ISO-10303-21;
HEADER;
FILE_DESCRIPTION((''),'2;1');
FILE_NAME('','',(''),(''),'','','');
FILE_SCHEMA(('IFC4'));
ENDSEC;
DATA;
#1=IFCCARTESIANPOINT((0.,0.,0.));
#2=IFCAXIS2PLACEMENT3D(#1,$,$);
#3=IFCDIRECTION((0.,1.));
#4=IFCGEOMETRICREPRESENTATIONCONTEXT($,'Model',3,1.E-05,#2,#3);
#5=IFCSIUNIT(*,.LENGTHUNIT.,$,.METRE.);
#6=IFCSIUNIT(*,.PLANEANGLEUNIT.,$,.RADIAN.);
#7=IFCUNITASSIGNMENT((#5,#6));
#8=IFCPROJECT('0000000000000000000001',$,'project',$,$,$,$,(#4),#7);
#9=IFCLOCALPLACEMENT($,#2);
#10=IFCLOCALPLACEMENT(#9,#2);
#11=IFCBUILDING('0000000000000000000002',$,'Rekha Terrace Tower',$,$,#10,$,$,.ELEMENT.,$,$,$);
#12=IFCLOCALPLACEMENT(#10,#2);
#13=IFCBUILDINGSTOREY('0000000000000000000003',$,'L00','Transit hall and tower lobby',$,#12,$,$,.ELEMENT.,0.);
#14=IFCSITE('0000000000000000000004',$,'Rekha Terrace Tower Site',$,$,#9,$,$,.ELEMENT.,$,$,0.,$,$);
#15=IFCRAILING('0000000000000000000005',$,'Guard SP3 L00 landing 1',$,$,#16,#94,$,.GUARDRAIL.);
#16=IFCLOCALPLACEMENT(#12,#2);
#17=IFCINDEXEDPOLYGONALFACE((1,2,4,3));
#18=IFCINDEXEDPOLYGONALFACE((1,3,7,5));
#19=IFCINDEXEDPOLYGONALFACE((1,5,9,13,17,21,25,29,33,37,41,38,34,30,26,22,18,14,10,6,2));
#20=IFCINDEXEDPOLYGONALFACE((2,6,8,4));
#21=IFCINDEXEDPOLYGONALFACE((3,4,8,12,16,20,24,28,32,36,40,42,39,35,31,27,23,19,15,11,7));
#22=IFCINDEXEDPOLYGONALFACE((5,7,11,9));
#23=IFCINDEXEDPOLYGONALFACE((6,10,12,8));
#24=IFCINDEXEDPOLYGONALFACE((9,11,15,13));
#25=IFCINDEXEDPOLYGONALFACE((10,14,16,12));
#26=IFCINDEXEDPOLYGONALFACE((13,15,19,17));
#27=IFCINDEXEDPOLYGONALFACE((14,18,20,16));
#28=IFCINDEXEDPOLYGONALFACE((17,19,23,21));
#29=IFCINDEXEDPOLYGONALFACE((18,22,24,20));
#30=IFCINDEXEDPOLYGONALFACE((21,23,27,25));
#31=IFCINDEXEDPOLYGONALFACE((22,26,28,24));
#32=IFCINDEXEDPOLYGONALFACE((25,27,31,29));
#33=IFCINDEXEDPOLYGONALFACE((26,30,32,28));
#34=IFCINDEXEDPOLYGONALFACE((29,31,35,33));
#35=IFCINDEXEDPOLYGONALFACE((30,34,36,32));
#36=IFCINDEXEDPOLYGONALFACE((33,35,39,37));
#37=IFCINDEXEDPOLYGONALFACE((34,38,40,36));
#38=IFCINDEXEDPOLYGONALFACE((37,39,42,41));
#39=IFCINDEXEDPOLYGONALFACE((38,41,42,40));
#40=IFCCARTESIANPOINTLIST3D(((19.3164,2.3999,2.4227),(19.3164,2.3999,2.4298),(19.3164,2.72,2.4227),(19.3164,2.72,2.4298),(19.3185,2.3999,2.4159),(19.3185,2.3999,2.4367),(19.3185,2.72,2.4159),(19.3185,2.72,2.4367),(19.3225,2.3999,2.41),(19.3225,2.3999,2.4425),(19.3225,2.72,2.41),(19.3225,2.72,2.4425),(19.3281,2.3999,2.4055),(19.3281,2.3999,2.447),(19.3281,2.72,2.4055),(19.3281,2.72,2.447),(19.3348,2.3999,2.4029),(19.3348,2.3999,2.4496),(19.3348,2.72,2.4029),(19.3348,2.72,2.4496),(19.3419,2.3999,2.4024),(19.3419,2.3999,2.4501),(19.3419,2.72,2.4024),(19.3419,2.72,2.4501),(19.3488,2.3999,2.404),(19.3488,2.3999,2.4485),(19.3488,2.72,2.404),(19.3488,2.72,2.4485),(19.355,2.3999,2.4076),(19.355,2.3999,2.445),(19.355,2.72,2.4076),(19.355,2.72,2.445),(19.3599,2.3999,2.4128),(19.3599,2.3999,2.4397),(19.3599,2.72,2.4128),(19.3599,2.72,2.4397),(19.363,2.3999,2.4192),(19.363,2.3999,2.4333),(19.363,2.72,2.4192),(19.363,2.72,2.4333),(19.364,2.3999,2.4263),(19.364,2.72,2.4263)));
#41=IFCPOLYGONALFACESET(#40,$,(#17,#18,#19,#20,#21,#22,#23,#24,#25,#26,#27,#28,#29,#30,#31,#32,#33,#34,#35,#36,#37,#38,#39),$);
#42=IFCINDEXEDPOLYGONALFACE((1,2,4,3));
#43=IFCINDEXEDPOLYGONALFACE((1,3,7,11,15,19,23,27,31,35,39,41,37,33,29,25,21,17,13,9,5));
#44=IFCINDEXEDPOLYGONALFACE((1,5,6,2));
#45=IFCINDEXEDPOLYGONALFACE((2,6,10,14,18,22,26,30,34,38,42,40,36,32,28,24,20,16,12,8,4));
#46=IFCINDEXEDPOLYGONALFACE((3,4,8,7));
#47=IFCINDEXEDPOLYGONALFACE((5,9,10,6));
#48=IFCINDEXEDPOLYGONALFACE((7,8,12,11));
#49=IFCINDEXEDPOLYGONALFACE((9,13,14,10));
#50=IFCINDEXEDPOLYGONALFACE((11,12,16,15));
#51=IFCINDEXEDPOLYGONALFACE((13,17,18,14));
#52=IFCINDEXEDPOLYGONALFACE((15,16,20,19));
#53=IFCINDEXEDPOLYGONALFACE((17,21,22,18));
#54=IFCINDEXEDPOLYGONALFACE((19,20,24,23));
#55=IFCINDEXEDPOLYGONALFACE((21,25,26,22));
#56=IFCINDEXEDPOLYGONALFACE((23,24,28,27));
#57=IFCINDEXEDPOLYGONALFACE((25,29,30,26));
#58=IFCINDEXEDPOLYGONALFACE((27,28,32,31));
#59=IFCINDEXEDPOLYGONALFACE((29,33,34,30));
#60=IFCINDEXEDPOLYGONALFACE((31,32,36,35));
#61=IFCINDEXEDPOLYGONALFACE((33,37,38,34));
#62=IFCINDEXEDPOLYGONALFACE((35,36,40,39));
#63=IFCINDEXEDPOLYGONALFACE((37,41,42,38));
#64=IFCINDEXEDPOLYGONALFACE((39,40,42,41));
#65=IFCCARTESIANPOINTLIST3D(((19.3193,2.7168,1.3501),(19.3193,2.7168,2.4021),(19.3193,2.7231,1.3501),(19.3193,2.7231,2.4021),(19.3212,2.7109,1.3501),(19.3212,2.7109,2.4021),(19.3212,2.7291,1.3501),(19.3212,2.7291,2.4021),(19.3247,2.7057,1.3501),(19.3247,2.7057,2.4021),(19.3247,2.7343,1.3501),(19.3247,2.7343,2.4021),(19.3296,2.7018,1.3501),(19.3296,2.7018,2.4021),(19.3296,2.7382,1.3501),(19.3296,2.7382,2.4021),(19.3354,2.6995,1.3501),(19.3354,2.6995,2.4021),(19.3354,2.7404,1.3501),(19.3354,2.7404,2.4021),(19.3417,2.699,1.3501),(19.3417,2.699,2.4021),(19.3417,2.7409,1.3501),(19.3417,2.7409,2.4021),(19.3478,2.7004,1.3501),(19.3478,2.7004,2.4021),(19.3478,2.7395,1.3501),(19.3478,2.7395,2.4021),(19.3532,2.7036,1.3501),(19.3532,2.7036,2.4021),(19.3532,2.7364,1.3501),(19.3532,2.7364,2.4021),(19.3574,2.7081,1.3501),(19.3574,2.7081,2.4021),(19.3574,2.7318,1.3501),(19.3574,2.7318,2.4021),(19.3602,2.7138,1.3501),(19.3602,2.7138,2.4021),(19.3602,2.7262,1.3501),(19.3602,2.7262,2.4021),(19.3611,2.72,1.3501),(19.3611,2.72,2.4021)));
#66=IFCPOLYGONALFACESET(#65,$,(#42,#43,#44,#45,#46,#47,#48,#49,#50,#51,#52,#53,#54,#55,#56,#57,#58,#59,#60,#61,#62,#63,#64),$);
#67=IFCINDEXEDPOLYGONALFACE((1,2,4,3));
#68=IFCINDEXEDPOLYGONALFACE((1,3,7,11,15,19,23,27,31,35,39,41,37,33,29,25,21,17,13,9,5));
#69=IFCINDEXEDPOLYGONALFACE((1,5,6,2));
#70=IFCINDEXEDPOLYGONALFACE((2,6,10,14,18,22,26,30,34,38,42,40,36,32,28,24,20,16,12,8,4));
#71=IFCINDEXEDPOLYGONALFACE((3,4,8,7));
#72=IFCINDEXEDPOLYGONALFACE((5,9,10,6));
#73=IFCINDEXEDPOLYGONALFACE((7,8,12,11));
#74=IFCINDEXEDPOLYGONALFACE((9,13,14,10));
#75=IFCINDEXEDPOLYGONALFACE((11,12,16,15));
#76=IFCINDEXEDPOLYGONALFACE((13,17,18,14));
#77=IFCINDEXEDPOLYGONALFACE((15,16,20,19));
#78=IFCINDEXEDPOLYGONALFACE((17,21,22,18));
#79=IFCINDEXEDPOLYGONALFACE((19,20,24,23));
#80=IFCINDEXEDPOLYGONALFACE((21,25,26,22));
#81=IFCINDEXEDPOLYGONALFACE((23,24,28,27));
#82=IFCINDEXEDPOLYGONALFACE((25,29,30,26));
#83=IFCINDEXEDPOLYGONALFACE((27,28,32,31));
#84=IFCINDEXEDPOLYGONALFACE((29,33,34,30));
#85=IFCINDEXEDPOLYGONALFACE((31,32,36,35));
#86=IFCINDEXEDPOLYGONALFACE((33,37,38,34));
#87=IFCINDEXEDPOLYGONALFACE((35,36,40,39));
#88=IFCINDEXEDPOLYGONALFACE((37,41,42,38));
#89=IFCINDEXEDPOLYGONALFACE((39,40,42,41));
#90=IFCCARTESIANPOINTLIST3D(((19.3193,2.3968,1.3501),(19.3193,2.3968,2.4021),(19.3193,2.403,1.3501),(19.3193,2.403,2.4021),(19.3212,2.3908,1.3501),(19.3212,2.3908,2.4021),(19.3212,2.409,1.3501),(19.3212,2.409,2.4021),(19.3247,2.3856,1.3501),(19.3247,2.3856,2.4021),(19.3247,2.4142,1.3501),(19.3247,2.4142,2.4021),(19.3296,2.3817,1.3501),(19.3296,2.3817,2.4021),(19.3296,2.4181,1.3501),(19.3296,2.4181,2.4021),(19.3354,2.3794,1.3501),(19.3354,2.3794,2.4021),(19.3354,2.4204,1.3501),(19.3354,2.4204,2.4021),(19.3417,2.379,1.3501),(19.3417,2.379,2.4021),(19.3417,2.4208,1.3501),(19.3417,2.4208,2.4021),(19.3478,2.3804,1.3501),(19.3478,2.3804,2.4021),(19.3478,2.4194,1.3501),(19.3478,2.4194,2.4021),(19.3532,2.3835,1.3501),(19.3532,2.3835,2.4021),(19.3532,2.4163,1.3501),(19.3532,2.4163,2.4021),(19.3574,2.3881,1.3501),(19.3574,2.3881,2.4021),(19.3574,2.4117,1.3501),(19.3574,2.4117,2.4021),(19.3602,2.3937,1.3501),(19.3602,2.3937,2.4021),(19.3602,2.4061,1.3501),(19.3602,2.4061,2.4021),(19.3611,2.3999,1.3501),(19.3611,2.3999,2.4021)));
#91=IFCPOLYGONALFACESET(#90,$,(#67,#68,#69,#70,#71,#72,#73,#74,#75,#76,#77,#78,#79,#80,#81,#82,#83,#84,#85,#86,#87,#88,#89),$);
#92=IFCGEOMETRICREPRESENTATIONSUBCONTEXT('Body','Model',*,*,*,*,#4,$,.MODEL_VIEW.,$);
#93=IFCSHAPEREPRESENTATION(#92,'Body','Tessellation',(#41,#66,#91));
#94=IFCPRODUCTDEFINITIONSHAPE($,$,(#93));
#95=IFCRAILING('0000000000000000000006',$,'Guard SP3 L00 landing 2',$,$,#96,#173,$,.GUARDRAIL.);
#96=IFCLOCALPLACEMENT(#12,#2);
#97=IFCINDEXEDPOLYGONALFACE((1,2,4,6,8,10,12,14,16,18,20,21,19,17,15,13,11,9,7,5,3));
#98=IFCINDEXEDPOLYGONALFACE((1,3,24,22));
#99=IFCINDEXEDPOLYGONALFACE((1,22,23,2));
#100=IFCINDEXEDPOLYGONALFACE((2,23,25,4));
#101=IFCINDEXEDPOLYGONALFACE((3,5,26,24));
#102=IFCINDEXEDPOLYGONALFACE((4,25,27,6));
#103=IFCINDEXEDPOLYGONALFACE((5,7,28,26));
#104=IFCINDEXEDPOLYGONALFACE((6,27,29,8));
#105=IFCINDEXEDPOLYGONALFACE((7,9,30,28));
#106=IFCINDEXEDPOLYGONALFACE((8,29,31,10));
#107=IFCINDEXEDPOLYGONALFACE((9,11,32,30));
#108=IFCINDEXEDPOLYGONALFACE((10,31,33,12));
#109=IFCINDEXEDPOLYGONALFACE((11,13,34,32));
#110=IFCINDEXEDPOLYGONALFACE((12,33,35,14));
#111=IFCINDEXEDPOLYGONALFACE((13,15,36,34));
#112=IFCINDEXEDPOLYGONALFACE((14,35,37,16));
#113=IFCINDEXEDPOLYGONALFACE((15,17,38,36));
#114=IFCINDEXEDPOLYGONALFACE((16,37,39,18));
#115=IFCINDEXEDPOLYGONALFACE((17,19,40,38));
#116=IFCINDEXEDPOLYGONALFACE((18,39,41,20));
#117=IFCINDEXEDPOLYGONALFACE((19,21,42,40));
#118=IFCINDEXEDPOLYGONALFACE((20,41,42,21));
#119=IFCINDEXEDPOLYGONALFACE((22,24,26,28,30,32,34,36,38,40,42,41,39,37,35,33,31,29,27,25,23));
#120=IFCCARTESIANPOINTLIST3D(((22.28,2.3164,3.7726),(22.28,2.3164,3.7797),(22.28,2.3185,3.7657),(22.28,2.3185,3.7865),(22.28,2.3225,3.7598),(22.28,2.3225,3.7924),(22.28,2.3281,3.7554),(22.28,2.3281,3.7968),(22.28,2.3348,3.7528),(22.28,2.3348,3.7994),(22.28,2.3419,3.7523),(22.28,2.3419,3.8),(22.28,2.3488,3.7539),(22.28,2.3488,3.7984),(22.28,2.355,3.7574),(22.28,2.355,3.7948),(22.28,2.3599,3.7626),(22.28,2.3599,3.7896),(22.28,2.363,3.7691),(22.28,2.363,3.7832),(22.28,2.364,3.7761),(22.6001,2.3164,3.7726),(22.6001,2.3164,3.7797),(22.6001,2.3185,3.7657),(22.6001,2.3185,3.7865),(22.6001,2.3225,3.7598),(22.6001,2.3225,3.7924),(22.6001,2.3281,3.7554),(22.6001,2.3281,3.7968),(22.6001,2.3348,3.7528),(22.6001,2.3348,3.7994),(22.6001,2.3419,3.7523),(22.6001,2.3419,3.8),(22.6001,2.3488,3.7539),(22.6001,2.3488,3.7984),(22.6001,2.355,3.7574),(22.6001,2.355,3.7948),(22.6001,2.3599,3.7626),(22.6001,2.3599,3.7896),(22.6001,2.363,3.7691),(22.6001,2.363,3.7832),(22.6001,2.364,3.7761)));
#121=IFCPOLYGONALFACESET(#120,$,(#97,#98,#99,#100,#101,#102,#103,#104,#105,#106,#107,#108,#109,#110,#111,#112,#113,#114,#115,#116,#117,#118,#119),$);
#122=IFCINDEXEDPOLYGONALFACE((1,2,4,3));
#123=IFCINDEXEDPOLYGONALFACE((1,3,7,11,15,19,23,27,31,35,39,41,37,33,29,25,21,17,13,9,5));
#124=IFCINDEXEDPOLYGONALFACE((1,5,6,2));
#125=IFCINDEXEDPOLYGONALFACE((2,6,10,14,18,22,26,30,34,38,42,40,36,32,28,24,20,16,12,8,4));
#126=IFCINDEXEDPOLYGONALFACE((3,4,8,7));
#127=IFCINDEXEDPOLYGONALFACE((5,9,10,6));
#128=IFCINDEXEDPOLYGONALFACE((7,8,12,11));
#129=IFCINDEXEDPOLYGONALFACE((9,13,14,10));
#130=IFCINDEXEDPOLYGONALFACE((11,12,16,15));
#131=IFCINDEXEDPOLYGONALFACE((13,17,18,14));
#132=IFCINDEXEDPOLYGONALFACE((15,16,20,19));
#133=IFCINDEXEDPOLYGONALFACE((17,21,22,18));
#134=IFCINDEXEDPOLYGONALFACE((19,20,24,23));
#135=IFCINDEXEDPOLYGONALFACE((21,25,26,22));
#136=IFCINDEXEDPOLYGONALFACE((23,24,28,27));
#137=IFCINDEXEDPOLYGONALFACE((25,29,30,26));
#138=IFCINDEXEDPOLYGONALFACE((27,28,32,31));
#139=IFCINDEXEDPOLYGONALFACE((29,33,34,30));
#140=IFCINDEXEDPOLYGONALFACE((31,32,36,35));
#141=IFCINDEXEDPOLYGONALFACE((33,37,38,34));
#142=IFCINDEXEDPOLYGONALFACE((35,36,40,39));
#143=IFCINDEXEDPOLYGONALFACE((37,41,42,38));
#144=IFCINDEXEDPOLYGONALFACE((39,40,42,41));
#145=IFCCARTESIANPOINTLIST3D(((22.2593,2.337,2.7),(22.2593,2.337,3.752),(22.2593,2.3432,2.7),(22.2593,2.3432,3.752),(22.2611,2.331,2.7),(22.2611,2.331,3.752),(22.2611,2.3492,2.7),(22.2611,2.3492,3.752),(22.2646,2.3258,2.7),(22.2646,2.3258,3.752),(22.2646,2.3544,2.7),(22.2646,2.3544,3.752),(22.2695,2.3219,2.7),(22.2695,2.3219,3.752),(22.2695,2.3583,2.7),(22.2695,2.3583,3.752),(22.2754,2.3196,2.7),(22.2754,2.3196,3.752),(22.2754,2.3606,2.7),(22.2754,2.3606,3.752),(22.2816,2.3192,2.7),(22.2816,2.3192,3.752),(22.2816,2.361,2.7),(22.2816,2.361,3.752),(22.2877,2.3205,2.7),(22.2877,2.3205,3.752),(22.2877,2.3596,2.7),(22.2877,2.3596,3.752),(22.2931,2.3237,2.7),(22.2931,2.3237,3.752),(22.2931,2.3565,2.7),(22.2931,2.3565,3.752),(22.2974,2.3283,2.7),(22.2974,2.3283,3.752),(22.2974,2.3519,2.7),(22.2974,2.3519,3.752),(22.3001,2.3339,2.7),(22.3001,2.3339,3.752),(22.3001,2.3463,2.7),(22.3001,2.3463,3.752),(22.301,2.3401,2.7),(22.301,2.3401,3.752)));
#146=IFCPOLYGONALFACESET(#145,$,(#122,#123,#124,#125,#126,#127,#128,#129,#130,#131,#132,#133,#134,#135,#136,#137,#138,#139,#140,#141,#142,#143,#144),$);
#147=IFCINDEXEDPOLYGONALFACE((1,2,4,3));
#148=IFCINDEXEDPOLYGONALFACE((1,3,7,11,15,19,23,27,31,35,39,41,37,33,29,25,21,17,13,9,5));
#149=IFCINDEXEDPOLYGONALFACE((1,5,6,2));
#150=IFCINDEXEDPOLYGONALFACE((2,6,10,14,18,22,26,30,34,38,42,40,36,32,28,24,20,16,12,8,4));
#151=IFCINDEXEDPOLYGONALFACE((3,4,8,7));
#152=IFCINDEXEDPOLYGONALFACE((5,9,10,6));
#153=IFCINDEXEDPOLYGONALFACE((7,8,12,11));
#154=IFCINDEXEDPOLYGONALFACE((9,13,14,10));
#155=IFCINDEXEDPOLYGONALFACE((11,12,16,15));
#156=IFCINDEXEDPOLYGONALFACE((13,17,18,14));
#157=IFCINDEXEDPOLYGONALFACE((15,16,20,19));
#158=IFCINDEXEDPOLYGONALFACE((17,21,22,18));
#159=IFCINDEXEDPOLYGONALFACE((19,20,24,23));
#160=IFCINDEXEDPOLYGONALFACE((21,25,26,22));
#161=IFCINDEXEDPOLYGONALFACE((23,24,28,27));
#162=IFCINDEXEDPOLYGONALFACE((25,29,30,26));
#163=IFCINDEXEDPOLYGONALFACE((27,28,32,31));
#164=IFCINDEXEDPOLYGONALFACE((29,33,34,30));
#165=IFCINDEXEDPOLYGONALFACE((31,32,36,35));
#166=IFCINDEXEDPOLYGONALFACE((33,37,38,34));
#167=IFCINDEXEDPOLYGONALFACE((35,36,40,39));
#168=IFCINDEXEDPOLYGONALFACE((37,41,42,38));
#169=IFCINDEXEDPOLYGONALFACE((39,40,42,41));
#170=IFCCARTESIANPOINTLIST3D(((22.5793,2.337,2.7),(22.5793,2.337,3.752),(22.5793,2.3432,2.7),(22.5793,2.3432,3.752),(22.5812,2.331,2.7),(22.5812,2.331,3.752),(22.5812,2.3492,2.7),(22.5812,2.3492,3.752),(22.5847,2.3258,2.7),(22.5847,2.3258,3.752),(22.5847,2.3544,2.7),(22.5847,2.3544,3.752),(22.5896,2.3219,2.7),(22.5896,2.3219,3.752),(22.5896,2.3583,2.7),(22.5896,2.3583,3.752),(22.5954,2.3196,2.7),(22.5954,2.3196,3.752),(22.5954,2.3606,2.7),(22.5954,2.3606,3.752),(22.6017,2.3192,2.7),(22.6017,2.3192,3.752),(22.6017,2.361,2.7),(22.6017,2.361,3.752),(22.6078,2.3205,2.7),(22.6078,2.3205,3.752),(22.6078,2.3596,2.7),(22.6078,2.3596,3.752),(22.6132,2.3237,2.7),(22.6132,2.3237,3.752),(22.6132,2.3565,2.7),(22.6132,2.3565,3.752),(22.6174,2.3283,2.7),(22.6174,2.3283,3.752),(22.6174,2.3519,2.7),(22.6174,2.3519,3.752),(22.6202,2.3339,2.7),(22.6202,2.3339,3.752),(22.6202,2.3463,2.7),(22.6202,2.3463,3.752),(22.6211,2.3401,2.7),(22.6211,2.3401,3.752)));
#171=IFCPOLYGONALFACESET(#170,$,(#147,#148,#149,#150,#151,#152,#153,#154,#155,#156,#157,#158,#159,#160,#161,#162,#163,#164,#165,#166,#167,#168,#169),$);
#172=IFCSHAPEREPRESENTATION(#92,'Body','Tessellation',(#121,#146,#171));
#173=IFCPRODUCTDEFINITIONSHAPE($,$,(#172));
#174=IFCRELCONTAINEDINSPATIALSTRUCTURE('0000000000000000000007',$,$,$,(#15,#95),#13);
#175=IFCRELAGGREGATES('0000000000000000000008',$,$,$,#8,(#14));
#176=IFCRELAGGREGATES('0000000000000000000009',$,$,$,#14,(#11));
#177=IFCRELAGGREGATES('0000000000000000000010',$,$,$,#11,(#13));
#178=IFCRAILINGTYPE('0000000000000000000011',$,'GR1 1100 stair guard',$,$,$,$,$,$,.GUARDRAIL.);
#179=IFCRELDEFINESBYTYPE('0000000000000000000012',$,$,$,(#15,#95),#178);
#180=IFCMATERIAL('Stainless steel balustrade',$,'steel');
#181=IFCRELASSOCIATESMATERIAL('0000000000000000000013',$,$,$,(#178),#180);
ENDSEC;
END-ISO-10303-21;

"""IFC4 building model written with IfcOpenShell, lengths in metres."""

from ifc_helpers import new_model, si_unit, direction, frame, origin, origin_2d, place, context, subcontext, project, spatial, circle, extrude, material, type_object, element, save


model = new_model("IFC4")

# Units and contexts
model_context = context("Model", 3, precision=1e-05, world=origin(), true_north=direction((0.0, 1.0)))
body_context = subcontext(model_context, "Body", "Model", "MODEL_VIEW")
ifc_project = project(units=[si_unit("LENGTHUNIT", "METRE"), si_unit("PLANEANGLEUNIT", "RADIAN")], contexts=[model_context])

# Site, building, storey
site_placement = place(None, origin())
site = spatial("IfcSite", under=ifc_project, at=site_placement, Name="Rekha Terrace Tower Site", CompositionType="ELEMENT", RefElevation=0.0)
building_placement = place(site_placement, origin())
building = spatial("IfcBuilding", under=site, at=building_placement, Name="Rekha Terrace Tower", CompositionType="ELEMENT")
storey_placement = place(building_placement, origin())
storey = spatial("IfcBuildingStorey", under=building, at=storey_placement, Name="L00", Description="Transit hall and tower lobby", CompositionType="ELEMENT", Elevation=0.0)

# Railings
ifc_material_1 = material(Name="Stainless steel balustrade", Category="steel")
railing_type_1 = type_object("IfcRailingType", Name="GR1 1100 stair guard", PredefinedType="GUARDRAIL", material=ifc_material_1)
railing_1_placement = place(storey_placement, frame((19.3401, 2.72, 1.3501)))
element("IfcRailing", 1, at=railing_1_placement, inside=storey, type_object=railing_type_1, Name="Guard SP3 L00 landing 1", PredefinedType="GUARDRAIL", context=body_context, shape_type="SweptSolid", body=[
    extrude(circle(Radius=0.0239, at=origin_2d()), frame((0.0, 0.0, 1.0762), z_axis=(0.0, -1.0, 0.0), x_axis=(1.0, 0.0, 0.0)), (0.0, 0.0, 1.0), 0.3201),
    extrude(circle(Radius=0.021, at=origin_2d()), origin(), (0.0, 0.0, 1.0), 1.052),
    extrude(circle(Radius=0.021, at=origin_2d()), frame((0.0, -0.3201, 0.0)), (0.0, 0.0, 1.0), 1.052),
])
for number, where, name in (
    (2, (22.28, 2.3401, 2.7), "Guard SP3 L00 landing 2"),
):
    element("IfcRailing", number, at=place(storey_placement, frame(where)), inside=storey, type_object=railing_type_1, Name=name, PredefinedType="GUARDRAIL", context=body_context, shape_type="SweptSolid", body=[
        extrude(circle(Radius=0.0239, at=origin_2d()), frame((0.0, 0.0, 1.0762), z_axis=(1.0, 0.0, 0.0), x_axis=(0.0, 1.0, 0.0)), (0.0, 0.0, 1.0), 0.3201),
        extrude(circle(Radius=0.021, at=origin_2d()), origin(), (0.0, 0.0, 1.0), 1.052),
        extrude(circle(Radius=0.021, at=origin_2d()), frame((0.3201, 0.0, 0.0)), (0.0, 0.0, 1.0), 1.052),
    ])

save(model, "model.ifc")
